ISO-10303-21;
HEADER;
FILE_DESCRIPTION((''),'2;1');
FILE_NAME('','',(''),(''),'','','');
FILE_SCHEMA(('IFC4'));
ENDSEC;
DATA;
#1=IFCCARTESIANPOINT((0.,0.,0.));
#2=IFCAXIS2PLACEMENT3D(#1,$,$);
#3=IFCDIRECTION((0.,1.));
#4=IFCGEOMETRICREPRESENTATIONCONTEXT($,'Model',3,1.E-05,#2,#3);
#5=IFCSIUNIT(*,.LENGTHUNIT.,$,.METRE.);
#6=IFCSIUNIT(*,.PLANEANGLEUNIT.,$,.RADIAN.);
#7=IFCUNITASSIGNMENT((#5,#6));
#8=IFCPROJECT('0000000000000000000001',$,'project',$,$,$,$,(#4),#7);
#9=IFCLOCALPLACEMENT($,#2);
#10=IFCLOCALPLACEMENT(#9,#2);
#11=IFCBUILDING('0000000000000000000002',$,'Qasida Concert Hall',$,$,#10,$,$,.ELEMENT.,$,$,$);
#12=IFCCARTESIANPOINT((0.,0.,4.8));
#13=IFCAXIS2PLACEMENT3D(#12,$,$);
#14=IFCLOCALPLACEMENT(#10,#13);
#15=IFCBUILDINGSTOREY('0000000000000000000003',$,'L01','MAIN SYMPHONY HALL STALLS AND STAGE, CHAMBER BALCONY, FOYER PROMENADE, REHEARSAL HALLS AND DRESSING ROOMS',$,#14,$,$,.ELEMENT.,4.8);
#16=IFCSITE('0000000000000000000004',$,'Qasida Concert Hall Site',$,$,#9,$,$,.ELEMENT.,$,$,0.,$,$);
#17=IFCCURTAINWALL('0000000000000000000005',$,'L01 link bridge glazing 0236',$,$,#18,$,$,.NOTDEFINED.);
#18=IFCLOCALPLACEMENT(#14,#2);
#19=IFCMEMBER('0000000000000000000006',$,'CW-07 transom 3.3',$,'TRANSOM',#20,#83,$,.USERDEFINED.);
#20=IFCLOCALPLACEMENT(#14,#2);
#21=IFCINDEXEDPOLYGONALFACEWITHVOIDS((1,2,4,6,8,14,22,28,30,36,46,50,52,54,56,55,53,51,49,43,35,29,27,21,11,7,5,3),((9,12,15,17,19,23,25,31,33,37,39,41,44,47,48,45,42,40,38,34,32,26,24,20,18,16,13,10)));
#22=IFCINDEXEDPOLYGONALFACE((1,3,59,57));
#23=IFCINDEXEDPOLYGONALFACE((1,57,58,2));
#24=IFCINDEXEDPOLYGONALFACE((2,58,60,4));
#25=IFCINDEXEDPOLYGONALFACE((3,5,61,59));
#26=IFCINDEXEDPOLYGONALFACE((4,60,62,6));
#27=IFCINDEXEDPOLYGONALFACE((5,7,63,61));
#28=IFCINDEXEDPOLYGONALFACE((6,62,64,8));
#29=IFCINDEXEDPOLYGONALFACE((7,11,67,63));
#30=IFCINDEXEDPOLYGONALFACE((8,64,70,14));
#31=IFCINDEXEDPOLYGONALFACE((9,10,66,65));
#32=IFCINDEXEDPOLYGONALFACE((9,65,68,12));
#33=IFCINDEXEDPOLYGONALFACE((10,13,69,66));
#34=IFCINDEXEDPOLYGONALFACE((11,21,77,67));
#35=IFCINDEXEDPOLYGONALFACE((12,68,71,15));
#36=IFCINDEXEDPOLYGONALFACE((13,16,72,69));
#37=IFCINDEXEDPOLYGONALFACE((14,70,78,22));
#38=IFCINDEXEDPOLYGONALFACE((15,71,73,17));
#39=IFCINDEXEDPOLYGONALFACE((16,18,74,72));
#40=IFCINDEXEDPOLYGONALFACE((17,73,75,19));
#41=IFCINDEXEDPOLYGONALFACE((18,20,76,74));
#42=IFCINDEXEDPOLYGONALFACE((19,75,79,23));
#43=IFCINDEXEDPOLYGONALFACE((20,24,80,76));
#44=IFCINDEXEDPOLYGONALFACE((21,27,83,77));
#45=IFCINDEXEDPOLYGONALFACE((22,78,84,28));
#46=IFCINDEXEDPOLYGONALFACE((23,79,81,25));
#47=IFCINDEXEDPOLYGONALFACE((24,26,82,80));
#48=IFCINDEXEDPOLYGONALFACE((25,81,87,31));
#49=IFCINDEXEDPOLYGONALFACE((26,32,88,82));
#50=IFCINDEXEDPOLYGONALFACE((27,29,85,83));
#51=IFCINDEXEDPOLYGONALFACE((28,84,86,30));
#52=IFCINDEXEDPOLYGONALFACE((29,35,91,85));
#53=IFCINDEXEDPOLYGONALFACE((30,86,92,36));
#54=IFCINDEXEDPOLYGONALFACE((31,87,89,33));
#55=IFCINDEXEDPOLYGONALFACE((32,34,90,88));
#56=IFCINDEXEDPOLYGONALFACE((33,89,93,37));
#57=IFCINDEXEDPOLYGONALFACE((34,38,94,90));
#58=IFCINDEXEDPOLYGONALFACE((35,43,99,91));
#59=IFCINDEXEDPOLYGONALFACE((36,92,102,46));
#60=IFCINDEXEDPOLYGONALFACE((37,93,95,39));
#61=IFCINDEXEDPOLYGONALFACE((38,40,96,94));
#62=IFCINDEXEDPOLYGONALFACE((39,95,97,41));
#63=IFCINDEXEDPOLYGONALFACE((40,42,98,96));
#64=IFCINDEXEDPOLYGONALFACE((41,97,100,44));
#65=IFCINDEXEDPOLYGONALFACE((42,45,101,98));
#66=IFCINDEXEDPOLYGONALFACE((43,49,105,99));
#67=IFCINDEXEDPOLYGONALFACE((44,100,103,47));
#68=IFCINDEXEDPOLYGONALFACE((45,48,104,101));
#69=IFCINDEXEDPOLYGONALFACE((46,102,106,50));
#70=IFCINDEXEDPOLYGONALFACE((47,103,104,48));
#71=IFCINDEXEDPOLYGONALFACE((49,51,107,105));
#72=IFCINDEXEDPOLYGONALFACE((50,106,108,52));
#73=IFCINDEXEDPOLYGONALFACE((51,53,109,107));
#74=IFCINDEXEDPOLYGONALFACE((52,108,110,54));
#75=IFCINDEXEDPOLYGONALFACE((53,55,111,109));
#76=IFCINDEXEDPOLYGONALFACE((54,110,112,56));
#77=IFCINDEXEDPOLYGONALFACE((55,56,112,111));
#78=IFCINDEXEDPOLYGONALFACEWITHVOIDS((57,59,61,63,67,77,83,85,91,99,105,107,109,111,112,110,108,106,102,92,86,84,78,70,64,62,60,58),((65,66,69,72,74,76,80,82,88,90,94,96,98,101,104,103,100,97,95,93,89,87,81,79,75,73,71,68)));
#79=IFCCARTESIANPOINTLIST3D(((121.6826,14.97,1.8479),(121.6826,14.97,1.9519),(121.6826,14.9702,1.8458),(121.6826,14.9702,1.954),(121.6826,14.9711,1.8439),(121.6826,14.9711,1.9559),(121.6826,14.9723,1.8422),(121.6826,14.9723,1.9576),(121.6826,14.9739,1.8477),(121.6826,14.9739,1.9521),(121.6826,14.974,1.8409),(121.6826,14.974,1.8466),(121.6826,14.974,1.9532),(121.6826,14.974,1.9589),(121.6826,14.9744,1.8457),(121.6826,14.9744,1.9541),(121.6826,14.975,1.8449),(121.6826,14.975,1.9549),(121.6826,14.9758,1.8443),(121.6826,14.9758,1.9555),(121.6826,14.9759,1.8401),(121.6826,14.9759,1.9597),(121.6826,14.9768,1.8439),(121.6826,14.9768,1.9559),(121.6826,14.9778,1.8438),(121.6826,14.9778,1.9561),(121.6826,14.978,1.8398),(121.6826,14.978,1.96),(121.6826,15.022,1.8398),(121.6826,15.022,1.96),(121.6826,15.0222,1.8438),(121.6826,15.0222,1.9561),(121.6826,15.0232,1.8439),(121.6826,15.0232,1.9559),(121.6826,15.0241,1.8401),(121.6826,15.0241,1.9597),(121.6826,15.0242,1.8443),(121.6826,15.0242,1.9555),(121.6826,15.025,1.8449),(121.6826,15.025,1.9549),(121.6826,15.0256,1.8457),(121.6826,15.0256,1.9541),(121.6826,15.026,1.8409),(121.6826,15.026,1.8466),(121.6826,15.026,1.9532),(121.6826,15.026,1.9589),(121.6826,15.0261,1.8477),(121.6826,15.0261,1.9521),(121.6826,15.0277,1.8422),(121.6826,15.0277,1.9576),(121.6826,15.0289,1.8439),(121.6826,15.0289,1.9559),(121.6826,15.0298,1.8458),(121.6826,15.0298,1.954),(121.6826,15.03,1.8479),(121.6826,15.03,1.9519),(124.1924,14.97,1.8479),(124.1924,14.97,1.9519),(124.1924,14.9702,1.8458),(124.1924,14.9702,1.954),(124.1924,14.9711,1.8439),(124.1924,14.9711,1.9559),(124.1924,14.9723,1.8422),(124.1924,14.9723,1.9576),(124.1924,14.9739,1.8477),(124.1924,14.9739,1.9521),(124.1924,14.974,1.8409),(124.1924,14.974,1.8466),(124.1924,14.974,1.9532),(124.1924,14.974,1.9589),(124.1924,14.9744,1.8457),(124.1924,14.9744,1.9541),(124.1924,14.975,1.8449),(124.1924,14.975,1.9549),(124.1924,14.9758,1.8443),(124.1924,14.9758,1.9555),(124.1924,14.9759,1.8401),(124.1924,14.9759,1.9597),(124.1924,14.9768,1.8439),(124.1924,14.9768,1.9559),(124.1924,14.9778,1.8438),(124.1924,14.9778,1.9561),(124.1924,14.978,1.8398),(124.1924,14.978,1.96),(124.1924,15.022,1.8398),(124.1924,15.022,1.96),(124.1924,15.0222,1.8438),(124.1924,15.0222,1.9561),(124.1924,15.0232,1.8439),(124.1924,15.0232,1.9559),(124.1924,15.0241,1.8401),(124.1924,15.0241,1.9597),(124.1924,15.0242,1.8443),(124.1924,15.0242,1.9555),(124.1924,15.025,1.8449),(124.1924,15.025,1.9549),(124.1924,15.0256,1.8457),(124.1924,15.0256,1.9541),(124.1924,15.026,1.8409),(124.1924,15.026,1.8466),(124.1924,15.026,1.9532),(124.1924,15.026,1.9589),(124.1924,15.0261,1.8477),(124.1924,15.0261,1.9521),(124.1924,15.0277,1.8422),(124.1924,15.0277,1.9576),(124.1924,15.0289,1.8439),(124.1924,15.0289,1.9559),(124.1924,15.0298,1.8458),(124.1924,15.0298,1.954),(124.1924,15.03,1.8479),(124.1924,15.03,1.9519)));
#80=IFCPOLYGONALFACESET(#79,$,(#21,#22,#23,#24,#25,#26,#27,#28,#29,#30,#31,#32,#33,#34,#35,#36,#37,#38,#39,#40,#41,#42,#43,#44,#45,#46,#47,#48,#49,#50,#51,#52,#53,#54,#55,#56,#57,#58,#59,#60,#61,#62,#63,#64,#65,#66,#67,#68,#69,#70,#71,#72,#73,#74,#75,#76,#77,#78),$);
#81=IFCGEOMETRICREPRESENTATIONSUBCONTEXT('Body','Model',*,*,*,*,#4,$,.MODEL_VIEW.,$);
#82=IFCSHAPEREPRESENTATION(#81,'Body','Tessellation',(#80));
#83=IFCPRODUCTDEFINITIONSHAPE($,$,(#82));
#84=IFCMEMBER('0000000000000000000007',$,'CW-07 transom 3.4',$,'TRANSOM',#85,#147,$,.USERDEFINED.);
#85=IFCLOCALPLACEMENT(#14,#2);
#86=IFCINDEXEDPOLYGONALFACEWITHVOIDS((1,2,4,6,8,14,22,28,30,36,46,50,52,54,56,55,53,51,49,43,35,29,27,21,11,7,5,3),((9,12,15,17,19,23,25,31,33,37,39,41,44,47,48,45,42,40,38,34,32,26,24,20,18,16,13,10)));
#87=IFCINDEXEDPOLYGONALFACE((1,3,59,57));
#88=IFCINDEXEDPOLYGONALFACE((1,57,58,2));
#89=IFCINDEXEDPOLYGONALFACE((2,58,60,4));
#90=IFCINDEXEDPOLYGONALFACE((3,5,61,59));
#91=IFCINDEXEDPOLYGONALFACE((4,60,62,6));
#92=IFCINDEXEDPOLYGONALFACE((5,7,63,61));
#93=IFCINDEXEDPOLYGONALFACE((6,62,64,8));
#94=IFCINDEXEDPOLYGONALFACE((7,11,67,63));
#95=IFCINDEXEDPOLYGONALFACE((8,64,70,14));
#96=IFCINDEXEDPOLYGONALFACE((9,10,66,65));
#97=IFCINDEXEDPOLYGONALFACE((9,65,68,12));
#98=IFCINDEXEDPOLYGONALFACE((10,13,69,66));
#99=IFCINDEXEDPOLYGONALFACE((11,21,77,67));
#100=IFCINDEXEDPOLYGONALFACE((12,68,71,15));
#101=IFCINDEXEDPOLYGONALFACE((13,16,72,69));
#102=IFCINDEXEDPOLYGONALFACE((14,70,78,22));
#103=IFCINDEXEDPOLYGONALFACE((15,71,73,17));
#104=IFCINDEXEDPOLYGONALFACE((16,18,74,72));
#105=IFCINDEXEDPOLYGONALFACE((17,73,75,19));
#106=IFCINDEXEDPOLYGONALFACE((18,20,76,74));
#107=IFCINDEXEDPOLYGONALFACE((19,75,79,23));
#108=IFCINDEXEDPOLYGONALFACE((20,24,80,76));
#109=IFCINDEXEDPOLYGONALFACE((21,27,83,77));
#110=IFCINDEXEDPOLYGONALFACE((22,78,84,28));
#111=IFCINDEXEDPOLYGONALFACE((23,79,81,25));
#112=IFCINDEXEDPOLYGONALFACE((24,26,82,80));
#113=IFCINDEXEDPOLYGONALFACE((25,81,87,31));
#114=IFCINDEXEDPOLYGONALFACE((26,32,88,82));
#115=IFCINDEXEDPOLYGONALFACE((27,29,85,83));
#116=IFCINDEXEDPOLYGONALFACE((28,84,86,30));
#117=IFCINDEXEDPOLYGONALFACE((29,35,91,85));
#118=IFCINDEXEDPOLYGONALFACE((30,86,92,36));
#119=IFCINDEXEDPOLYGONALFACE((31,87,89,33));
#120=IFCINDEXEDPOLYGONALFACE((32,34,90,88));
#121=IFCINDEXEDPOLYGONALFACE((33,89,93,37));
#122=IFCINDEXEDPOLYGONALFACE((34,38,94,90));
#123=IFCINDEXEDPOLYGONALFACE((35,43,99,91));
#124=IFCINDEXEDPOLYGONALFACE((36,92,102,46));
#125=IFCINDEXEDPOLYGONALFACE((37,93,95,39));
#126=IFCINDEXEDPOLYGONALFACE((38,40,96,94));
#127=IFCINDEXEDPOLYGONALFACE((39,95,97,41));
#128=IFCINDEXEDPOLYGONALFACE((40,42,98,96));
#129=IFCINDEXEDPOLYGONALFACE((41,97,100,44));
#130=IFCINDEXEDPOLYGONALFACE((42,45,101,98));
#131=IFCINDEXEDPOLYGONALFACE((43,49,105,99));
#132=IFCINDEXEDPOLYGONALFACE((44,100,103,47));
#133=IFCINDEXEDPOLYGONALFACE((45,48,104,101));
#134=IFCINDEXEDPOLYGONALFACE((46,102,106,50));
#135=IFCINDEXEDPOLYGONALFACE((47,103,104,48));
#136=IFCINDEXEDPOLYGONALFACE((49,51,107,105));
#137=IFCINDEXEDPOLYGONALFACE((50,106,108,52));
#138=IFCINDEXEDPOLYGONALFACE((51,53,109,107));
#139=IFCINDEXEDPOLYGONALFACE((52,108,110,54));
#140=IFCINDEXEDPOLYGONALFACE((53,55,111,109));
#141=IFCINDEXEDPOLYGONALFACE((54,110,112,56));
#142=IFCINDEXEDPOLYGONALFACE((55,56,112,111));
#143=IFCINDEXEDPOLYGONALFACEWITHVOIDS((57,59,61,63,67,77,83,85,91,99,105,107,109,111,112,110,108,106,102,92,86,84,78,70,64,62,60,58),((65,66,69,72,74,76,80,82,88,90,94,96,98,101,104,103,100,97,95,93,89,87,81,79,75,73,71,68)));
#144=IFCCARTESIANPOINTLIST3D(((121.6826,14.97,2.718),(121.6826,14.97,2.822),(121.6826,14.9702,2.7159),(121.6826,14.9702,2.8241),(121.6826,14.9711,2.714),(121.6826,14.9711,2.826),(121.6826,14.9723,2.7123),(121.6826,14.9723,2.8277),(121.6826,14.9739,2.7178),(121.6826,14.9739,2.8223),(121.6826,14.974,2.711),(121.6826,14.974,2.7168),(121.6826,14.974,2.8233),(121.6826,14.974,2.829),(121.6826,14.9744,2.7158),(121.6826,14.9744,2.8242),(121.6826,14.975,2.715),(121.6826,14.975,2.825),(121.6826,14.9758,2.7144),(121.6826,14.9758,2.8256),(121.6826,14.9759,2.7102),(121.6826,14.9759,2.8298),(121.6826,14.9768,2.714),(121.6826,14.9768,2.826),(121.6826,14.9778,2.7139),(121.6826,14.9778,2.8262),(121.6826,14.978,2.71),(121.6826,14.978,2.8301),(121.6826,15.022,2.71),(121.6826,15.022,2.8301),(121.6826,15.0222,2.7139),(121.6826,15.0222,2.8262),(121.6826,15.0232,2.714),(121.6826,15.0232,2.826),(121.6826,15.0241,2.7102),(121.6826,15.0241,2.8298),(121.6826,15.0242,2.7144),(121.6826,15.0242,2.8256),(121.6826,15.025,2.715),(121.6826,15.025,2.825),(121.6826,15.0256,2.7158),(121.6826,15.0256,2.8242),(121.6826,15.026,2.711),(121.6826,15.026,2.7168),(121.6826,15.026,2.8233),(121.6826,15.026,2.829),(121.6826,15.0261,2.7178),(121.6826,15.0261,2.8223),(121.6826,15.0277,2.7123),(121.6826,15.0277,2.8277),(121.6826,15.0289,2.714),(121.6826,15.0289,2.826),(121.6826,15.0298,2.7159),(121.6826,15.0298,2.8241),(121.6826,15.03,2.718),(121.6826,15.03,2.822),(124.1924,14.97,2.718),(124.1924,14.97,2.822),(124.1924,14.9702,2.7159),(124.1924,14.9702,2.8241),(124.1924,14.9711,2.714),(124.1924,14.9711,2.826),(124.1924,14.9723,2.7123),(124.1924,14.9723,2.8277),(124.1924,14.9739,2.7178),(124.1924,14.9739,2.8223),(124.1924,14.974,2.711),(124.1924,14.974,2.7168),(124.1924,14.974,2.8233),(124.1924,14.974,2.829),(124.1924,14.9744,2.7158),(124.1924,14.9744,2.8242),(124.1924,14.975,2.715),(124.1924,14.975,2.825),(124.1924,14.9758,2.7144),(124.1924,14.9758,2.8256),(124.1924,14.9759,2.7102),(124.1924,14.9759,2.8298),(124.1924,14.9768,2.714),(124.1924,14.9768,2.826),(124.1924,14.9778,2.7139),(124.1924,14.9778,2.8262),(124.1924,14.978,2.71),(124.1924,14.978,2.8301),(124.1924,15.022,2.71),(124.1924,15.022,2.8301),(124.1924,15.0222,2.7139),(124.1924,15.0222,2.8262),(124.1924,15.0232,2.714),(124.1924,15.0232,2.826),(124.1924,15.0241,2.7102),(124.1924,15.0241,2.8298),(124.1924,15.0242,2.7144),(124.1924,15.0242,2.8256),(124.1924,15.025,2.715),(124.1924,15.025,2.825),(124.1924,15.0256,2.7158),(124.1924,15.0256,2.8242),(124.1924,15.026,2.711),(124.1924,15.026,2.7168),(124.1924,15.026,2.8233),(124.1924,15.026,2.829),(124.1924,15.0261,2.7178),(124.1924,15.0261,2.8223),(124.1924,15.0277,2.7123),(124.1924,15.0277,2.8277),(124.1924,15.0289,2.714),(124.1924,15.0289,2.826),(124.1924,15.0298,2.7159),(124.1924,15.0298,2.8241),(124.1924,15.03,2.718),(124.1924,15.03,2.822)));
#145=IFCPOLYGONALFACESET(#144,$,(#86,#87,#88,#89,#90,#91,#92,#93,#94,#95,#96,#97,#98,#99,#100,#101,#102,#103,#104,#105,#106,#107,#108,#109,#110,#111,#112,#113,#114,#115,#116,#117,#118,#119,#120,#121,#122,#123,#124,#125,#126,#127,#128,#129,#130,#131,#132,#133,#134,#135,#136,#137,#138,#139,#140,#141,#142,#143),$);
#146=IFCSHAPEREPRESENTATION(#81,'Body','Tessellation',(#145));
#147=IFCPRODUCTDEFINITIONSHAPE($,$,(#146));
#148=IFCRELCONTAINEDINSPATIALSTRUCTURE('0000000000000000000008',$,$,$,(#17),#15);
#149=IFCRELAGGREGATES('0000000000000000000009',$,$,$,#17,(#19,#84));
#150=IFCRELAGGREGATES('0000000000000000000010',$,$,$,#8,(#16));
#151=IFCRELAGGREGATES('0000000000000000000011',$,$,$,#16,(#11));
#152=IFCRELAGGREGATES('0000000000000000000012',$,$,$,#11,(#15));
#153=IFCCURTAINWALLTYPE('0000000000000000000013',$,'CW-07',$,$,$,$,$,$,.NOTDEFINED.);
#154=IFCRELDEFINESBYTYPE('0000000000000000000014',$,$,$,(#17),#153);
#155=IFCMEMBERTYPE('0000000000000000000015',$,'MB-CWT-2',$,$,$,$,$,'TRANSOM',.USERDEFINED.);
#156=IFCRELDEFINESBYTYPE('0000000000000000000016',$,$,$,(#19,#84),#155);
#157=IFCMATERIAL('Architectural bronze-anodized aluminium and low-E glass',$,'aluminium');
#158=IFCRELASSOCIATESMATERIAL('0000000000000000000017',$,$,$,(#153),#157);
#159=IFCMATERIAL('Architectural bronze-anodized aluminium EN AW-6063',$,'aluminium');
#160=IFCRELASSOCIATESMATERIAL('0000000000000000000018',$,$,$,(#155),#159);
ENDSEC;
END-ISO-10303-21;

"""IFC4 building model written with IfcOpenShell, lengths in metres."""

from ifc_helpers import new_model, si_unit, direction, frame, origin, origin_2d, place, context, subcontext, project, spatial, hollow_rectangle, extrude, material, material_profile, profile_set, type_object, element, aggregate, save


model = new_model("IFC4")

# Units and contexts
model_context = context("Model", 3, precision=1e-05, world=origin(), true_north=direction((0.0, 1.0)))
body_context = subcontext(model_context, "Body", "Model", "MODEL_VIEW")
ifc_project = project(units=[si_unit("LENGTHUNIT", "METRE"), si_unit("PLANEANGLEUNIT", "RADIAN")], contexts=[model_context])

# Site, building, storey
site_placement = place(None, origin())
site = spatial("IfcSite", under=ifc_project, at=site_placement, Name="Qasida Concert Hall Site", CompositionType="ELEMENT", RefElevation=0.0)
building_placement = place(site_placement, origin())
building = spatial("IfcBuilding", under=site, at=building_placement, Name="Qasida Concert Hall", CompositionType="ELEMENT")
storey_placement = place(building_placement, frame((0.0, 0.0, 4.8)))
storey = spatial("IfcBuildingStorey", under=building, at=storey_placement, Name="L01", Description="MAIN SYMPHONY HALL STALLS AND STAGE, CHAMBER BALCONY, FOYER PROMENADE, REHEARSAL HALLS AND DRESSING ROOMS", CompositionType="ELEMENT", Elevation=4.8)

# Shared definitions
ifc_material_1 = material(Name="Architectural bronze-anodized aluminium and low-E glass", Category="aluminium")
curtain_wall_type = type_object("IfcCurtainWallType", Name="CW-07", PredefinedType="NOTDEFINED", material=ifc_material_1)
ifc_material_2 = material(Name="Architectural bronze-anodized aluminium EN AW-6063", Category="aluminium")

# Curtain wall
curtain_wall_1_placement = place(storey_placement, origin())
curtain_wall_1 = element("IfcCurtainWall", 1, at=curtain_wall_1_placement, inside=storey, type_object=curtain_wall_type, Name="L01 link bridge glazing 0236", PredefinedType="NOTDEFINED")

# Members
ifc_material_profile_1 = material_profile(ifc_material_2, hollow_rectangle(XDim=0.0601, YDim=0.1201, WallThickness=0.0039, InnerFilletRadius=0.0039, OuterFilletRadius=0.0081, at=origin_2d()), Name="CWT 120x60x4")
ifc_profile_set_1 = profile_set([ifc_material_profile_1], Name="Architectural bronze-anodized aluminium EN AW-6063")
member_type_1 = type_object("IfcMemberType", Name="MB-CWT-2", ElementType="TRANSOM", PredefinedType="USERDEFINED", material=ifc_profile_set_1)
member_1_placement = place(storey_placement, frame((121.6826, 15.0, 1.8999), z_axis=(1.0, 0.0, 0.0), x_axis=(0.0, 1.0, 0.0)))
member_1 = element("IfcMember", 2, at=member_1_placement, type_object=member_type_1, Name="CW-07 transom 3.3", ObjectType="TRANSOM", PredefinedType="USERDEFINED", context=body_context, shape_type="SweptSolid", body=[
    extrude(hollow_rectangle(XDim=0.0601, YDim=0.1201, WallThickness=0.0039, InnerFilletRadius=0.0039, OuterFilletRadius=0.0081, at=origin_2d()), origin(), (0.0, 0.0, 1.0), 2.5098),
])
member_2_placement = place(storey_placement, frame((121.6826, 15.0, 2.77), z_axis=(1.0, 0.0, 0.0), x_axis=(0.0, 1.0, 0.0)))
member_2 = element("IfcMember", 3, at=member_2_placement, type_object=member_type_1, Name="CW-07 transom 3.4", ObjectType="TRANSOM", PredefinedType="USERDEFINED", context=body_context, shape_type="SweptSolid", body=[
    extrude(hollow_rectangle(XDim=0.0601, YDim=0.1201, WallThickness=0.0039, InnerFilletRadius=0.0039, OuterFilletRadius=0.0081, at=origin_2d()), origin(), (0.0, 0.0, 1.0), 2.5098),
])

aggregate(curtain_wall_1, [member_1, member_2])

save(model, "model.ifc")
